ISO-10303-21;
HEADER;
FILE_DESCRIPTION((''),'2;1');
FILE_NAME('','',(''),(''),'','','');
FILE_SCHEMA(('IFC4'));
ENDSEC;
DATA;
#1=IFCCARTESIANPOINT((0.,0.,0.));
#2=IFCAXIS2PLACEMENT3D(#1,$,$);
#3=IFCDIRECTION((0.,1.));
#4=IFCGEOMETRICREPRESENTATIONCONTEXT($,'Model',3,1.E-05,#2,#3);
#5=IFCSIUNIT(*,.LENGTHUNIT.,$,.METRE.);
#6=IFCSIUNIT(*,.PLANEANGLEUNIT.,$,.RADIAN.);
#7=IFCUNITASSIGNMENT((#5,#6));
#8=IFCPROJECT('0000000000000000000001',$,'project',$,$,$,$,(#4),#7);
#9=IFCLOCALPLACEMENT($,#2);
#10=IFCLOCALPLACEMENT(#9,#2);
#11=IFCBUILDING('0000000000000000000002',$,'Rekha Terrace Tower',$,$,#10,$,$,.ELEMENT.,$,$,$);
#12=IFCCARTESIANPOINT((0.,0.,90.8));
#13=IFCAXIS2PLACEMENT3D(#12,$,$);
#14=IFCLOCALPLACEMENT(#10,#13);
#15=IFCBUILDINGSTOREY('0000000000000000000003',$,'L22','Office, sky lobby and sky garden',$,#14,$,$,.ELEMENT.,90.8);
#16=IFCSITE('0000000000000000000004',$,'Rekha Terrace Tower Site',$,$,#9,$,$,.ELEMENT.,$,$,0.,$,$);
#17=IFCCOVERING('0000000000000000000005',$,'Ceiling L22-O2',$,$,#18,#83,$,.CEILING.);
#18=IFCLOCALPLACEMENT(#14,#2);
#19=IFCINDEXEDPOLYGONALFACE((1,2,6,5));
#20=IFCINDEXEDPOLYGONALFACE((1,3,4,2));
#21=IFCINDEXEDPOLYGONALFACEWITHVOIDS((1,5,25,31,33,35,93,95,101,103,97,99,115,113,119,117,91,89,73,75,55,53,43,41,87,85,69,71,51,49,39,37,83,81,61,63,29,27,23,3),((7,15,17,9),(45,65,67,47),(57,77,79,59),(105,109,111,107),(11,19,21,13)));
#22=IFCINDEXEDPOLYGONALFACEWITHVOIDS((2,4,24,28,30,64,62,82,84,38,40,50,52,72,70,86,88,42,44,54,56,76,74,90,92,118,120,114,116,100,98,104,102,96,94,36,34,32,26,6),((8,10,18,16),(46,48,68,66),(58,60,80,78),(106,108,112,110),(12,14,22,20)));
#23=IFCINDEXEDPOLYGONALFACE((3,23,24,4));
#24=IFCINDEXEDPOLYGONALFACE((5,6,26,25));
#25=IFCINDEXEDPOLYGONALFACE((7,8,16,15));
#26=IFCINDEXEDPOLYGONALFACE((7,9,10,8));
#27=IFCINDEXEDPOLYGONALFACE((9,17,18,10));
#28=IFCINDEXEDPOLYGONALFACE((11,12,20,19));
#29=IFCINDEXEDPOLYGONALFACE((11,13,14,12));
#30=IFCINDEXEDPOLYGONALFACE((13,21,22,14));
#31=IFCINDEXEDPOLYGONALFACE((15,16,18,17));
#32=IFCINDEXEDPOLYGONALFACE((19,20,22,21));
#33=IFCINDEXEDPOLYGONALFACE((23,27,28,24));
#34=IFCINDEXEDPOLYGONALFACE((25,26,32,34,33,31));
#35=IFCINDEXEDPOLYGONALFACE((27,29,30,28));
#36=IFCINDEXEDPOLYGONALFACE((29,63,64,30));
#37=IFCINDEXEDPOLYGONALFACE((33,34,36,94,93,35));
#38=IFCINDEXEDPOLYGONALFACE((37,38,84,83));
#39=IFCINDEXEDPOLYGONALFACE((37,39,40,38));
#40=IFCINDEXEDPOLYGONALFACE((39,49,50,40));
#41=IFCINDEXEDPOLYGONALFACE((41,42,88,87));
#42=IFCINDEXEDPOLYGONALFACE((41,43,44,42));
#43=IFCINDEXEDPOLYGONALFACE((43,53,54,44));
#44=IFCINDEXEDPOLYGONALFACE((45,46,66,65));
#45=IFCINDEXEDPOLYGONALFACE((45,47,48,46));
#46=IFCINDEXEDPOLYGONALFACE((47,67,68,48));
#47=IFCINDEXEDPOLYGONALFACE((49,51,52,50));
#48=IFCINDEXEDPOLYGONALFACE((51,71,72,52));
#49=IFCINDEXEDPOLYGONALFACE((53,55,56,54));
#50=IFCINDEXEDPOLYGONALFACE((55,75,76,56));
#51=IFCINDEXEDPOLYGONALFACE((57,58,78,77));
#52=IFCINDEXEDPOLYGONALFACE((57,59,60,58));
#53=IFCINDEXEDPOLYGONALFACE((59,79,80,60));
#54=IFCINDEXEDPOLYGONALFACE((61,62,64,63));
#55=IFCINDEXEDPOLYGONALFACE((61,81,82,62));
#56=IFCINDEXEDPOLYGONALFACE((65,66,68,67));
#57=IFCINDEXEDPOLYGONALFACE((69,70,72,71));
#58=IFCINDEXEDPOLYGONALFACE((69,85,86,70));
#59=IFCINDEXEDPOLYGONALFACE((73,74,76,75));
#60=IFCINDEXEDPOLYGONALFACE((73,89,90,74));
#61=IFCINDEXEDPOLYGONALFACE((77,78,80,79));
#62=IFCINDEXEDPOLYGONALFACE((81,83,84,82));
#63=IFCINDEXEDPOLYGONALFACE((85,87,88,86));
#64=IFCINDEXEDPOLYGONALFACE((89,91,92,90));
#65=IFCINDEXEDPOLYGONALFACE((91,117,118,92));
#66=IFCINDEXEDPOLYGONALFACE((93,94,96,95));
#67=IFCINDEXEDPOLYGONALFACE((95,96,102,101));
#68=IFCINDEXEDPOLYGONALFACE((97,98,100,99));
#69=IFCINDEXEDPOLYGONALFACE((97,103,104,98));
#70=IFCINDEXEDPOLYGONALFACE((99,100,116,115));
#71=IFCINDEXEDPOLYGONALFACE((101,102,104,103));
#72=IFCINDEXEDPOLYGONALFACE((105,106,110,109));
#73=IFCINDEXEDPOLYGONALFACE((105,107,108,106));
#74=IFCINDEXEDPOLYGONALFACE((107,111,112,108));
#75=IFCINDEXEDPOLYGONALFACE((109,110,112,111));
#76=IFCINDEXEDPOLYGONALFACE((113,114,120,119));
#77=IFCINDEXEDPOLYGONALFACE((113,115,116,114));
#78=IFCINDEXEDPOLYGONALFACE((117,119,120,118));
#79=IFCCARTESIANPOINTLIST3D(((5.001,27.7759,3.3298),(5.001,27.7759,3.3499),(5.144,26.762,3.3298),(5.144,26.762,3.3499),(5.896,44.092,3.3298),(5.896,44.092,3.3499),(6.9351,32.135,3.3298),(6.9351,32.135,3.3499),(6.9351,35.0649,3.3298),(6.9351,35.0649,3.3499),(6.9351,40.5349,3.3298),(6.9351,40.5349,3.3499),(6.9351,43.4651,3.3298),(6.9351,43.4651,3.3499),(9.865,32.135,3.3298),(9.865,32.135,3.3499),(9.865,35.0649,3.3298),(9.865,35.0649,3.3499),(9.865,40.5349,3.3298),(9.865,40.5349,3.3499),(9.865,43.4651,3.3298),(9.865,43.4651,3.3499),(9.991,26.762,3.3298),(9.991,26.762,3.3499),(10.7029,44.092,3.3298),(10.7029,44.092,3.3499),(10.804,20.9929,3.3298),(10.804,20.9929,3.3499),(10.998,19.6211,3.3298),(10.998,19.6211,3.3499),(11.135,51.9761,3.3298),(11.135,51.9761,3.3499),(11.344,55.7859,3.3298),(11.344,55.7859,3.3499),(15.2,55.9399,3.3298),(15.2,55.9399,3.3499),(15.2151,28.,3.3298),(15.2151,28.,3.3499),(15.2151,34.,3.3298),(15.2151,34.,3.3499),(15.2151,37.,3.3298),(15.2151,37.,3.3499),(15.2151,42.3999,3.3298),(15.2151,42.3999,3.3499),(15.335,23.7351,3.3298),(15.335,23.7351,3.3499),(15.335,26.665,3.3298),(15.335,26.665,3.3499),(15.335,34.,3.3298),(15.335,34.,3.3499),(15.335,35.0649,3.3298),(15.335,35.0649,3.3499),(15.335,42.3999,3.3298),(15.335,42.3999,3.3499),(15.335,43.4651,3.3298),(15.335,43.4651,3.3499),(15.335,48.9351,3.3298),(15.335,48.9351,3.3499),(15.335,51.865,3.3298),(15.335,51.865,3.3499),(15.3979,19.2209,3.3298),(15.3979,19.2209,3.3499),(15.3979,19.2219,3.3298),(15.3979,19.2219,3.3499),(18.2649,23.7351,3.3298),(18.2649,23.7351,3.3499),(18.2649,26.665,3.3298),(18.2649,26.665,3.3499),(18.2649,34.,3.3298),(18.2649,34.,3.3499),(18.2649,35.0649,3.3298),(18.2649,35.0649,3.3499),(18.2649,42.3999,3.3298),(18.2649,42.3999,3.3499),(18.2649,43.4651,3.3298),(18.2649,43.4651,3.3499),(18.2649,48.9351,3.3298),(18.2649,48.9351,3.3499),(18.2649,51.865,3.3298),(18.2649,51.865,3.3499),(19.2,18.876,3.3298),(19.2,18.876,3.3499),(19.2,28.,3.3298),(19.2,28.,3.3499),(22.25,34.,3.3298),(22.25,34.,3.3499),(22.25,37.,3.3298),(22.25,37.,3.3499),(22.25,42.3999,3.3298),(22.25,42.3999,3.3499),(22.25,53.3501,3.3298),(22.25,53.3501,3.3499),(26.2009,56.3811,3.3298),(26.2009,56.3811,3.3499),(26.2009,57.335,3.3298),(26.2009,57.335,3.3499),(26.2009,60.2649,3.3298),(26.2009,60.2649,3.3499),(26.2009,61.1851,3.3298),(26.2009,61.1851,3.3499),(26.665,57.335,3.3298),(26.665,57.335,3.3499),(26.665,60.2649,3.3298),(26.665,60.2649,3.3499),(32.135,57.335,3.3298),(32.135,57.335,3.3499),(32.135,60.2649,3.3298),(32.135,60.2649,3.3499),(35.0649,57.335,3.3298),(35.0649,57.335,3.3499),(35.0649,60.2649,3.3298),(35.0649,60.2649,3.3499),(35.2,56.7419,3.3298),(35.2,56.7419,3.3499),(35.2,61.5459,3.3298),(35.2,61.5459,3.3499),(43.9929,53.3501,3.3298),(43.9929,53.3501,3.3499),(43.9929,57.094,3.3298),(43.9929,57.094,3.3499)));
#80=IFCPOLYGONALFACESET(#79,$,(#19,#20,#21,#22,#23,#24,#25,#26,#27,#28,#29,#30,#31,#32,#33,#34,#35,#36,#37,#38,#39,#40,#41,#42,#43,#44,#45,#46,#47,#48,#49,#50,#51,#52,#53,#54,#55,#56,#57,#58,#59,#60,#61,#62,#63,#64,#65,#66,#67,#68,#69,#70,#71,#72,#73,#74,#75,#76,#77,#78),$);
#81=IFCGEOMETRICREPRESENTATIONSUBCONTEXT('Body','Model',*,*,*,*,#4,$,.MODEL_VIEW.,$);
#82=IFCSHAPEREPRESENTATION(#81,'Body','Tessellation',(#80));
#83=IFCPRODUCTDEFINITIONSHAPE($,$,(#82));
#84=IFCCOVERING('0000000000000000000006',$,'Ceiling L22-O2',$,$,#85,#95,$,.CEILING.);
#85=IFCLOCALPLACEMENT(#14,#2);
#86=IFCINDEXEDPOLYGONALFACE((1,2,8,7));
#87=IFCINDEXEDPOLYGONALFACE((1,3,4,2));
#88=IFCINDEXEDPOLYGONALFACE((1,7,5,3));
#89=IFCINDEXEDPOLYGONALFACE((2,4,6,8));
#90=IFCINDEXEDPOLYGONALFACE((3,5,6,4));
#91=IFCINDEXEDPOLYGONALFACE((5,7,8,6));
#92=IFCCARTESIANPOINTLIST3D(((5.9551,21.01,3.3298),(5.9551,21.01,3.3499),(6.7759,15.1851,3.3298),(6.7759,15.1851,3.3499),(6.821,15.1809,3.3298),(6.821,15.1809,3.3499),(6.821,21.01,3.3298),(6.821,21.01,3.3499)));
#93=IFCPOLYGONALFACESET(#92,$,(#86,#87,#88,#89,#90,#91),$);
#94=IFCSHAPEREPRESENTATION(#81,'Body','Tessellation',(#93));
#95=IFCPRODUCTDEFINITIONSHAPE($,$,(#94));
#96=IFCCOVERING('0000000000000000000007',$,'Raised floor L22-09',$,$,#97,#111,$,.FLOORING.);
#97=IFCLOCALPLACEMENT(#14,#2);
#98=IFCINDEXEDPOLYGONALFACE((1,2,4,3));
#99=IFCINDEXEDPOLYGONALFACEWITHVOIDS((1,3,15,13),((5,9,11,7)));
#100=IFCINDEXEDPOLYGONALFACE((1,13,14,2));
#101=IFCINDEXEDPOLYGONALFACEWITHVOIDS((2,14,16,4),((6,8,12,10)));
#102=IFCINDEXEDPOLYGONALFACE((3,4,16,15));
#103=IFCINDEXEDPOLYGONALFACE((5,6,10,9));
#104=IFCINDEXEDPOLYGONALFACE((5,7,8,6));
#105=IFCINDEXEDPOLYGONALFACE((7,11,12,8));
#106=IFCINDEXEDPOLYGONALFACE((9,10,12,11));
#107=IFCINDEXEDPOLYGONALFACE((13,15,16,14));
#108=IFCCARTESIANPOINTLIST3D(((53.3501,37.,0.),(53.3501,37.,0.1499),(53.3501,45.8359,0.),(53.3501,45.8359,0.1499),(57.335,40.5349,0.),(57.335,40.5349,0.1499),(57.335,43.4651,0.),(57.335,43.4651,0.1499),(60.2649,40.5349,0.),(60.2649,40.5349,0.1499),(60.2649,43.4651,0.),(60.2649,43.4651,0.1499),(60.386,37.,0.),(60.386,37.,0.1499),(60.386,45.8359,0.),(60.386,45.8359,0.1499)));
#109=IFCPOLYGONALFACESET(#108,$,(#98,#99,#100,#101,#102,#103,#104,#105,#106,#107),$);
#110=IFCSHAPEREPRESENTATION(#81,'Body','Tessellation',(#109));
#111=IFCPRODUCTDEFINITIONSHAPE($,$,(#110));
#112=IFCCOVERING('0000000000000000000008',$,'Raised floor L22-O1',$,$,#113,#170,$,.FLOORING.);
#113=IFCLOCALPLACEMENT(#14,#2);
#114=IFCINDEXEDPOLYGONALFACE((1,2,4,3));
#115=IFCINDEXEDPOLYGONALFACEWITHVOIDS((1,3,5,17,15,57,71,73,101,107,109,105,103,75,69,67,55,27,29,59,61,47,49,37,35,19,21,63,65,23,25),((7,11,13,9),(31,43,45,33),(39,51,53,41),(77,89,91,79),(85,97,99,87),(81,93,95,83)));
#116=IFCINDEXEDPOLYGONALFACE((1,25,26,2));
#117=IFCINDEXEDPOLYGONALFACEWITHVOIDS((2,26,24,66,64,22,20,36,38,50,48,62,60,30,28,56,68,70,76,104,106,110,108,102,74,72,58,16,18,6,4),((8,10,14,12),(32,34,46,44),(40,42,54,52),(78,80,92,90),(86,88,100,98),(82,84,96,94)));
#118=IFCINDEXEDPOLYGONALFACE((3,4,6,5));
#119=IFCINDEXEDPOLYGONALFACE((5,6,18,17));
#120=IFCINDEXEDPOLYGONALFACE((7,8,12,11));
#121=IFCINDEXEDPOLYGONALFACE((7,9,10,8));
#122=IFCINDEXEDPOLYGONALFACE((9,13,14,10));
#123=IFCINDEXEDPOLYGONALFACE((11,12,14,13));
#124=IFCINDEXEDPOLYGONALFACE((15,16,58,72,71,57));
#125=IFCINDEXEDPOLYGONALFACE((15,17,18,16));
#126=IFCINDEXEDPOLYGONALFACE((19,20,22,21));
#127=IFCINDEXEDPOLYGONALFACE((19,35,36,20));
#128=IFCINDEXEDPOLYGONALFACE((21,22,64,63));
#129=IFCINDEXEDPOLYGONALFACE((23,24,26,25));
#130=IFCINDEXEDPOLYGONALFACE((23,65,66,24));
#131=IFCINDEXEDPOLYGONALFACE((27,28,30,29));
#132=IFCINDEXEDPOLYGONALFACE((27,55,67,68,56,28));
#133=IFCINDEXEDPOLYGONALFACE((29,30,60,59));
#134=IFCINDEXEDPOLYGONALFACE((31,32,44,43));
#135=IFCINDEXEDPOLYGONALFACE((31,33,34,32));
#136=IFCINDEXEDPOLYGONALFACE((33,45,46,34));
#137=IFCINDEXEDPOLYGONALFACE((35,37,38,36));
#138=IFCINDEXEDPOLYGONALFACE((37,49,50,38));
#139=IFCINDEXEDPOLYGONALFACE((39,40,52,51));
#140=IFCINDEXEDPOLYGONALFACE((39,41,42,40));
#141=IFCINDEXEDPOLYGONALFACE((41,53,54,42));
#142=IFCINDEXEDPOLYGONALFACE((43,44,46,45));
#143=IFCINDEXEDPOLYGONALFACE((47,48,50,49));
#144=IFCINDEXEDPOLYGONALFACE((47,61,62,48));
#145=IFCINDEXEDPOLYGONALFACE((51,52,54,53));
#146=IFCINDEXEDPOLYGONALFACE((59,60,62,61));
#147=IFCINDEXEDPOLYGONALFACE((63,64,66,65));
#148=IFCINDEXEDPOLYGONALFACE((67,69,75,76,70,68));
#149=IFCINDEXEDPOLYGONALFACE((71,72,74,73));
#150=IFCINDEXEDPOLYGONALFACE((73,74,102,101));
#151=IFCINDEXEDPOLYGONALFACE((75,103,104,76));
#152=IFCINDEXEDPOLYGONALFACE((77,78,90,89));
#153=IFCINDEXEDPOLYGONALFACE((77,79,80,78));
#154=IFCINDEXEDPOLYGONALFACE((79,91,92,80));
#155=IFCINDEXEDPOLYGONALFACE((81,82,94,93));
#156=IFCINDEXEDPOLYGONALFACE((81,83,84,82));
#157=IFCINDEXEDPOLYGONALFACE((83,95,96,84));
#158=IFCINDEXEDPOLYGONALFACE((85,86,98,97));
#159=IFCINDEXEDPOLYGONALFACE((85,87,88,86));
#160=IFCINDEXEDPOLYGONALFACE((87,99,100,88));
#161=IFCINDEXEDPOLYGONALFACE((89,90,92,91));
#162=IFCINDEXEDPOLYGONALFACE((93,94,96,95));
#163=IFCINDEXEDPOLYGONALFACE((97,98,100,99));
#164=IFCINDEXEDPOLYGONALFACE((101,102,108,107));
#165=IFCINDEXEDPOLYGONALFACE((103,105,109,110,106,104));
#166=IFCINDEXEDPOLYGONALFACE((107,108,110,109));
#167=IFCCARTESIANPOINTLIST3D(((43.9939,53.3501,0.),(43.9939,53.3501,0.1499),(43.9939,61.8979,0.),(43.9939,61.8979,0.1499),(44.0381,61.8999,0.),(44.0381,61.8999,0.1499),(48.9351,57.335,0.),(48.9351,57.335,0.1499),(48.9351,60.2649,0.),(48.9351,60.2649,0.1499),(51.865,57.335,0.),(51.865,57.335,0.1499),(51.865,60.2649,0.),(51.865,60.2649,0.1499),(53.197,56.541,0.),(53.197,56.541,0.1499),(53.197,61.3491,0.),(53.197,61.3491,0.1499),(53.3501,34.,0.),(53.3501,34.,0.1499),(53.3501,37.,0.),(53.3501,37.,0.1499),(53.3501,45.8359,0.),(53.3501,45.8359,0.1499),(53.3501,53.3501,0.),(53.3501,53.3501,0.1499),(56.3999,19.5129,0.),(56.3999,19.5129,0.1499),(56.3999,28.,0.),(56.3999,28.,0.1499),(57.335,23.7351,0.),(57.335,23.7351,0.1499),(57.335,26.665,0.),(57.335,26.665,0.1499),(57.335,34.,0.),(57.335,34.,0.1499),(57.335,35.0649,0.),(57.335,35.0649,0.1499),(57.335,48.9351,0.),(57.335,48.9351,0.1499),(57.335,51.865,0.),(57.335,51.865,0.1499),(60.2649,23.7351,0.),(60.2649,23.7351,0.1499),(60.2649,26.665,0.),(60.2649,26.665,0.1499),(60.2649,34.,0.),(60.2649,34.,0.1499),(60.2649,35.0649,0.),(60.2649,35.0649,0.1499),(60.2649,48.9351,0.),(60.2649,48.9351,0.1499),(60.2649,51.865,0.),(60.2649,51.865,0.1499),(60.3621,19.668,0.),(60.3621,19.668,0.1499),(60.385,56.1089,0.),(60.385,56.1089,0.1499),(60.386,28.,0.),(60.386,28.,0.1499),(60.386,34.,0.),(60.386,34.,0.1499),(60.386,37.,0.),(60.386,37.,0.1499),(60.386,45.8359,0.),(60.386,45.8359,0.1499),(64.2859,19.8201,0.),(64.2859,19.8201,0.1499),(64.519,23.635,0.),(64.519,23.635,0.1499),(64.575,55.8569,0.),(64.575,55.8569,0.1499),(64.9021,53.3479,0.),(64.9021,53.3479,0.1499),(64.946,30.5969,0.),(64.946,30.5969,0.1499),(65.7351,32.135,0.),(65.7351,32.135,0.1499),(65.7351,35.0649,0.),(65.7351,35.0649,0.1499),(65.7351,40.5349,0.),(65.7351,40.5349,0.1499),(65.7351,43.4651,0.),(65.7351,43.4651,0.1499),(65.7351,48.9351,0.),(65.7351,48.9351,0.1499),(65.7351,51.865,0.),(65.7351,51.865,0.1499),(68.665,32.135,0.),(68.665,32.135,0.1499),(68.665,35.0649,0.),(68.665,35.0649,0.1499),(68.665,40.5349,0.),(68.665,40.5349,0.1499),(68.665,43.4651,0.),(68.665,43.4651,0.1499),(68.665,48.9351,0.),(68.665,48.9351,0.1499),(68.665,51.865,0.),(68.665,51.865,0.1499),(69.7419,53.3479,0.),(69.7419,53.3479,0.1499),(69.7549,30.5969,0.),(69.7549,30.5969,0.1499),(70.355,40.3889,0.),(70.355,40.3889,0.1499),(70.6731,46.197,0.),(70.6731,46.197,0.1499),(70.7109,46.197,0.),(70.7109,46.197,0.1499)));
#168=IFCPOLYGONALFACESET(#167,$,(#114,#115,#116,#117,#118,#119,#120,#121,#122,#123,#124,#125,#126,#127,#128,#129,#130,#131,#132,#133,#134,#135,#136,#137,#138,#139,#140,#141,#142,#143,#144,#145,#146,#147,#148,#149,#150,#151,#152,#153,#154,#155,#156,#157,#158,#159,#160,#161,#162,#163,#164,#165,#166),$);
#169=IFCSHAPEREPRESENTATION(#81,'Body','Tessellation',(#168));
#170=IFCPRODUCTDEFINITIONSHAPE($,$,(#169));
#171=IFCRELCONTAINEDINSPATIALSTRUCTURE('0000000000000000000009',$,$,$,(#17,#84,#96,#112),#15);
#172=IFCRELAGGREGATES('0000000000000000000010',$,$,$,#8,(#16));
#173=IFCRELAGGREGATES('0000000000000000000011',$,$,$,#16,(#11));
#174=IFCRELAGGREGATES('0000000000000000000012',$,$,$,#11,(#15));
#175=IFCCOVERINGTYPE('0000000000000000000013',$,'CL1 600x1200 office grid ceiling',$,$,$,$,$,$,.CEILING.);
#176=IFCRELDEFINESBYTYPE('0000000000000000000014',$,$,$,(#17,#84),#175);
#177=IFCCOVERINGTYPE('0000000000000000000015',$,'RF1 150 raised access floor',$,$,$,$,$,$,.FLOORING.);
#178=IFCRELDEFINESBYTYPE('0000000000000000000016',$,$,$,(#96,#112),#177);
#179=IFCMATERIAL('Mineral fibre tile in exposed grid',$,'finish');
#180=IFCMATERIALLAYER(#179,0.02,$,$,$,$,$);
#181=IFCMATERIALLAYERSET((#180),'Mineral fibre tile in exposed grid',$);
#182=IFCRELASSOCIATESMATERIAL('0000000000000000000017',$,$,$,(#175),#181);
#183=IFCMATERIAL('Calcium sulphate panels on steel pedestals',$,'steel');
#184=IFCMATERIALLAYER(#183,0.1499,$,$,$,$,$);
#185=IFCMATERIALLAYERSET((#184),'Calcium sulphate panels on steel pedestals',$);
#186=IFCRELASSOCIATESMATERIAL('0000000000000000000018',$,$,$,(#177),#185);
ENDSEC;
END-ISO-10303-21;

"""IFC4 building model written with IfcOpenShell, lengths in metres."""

from ifc_helpers import new_model, si_unit, direction, frame, origin, place, context, subcontext, project, spatial, polyline, outline, extrude, material, layer, layer_set, type_object, element, save


model = new_model("IFC4")

# Units and contexts
model_context = context("Model", 3, precision=1e-05, world=origin(), true_north=direction((0.0, 1.0)))
body_context = subcontext(model_context, "Body", "Model", "MODEL_VIEW")
ifc_project = project(units=[si_unit("LENGTHUNIT", "METRE"), si_unit("PLANEANGLEUNIT", "RADIAN")], contexts=[model_context])

# Site, building, storey
site_placement = place(None, origin())
site = spatial("IfcSite", under=ifc_project, at=site_placement, Name="Rekha Terrace Tower Site", CompositionType="ELEMENT", RefElevation=0.0)
building_placement = place(site_placement, origin())
building = spatial("IfcBuilding", under=site, at=building_placement, Name="Rekha Terrace Tower", CompositionType="ELEMENT")
storey_placement = place(building_placement, frame((0.0, 0.0, 90.8)))
storey = spatial("IfcBuildingStorey", under=building, at=storey_placement, Name="L22", Description="Office, sky lobby and sky garden", CompositionType="ELEMENT", Elevation=90.8)

# Coverings
ifc_material_1 = material(Name="Mineral fibre tile in exposed grid", Category="finish")
ifc_layer_1 = layer(ifc_material_1, 0.02)
ifc_layer_set_1 = layer_set([ifc_layer_1], Name="Mineral fibre tile in exposed grid")
covering_type_1 = type_object("IfcCoveringType", Name="CL1 600x1200 office grid ceiling", PredefinedType="CEILING", material=ifc_layer_set_1)
covering_1_placement = place(storey_placement, frame((0.0, 0.0, 3.3298)))
element("IfcCovering", 1, at=covering_1_placement, inside=storey, type_object=covering_type_1, Name="Ceiling L22-O2", PredefinedType="CEILING", context=body_context, shape_type="SweptSolid", body=[
    extrude(outline(polyline([(11.344, 55.7859), (11.135, 51.9761), (10.7029, 44.092), (5.896, 44.092), (5.001, 27.7759), (5.144, 26.762), (9.991, 26.762), (10.804, 20.9929), (10.998, 19.6211), (15.3979, 19.2219), (15.3979, 19.2209), (19.2, 18.876), (19.2, 28.0), (15.2151, 28.0), (15.2151, 34.0), (15.335, 34.0), (15.335, 35.0649), (18.2649, 35.0649), (18.2649, 34.0), (22.25, 34.0), (22.25, 37.0), (15.2151, 37.0), (15.2151, 42.3999), (15.335, 42.3999), (15.335, 43.4651), (18.2649, 43.4651), (18.2649, 42.3999), (22.25, 42.3999), (22.25, 53.3501), (43.9929, 53.3501), (43.9929, 57.094), (35.2, 56.7419), (35.2, 61.5459), (26.2009, 61.1851), (26.2009, 60.2649), (26.665, 60.2649), (26.665, 57.335), (26.2009, 57.335), (26.2009, 56.3811), (15.2, 55.9399), (11.344, 55.7859)]), holes=[polyline([(35.0649, 57.335), (32.135, 57.335), (32.135, 60.2649), (35.0649, 60.2649), (35.0649, 57.335)]), polyline([(18.2649, 26.665), (18.2649, 23.7351), (15.335, 23.7351), (15.335, 26.665), (18.2649, 26.665)]), polyline([(18.2649, 48.9351), (15.335, 48.9351), (15.335, 51.865), (18.2649, 51.865), (18.2649, 48.9351)]), polyline([(9.865, 32.135), (6.9351, 32.135), (6.9351, 35.0649), (9.865, 35.0649), (9.865, 32.135)]), polyline([(9.865, 40.5349), (6.9351, 40.5349), (6.9351, 43.4651), (9.865, 43.4651), (9.865, 40.5349)])]), origin(), (0.0, 0.0, 1.0), 0.02),
])
covering_2_placement = place(storey_placement, frame((0.0, 0.0, 3.3298)))
element("IfcCovering", 2, at=covering_2_placement, inside=storey, type_object=covering_type_1, Name="Ceiling L22-O2", PredefinedType="CEILING", context=body_context, shape_type="SweptSolid", body=[
    extrude(outline(polyline([(6.821, 15.1809), (6.821, 21.01), (5.9551, 21.01), (6.7759, 15.1851), (6.821, 15.1809)])), origin(), (0.0, 0.0, 1.0), 0.02),
])

# Coverings
ifc_material_2 = material(Name="Calcium sulphate panels on steel pedestals", Category="steel")
ifc_layer_2 = layer(ifc_material_2, 0.1499)
ifc_layer_set_2 = layer_set([ifc_layer_2], Name="Calcium sulphate panels on steel pedestals")
covering_type_2 = type_object("IfcCoveringType", Name="RF1 150 raised access floor", PredefinedType="FLOORING", material=ifc_layer_set_2)
covering_3_placement = place(storey_placement, origin())
element("IfcCovering", 3, at=covering_3_placement, inside=storey, type_object=covering_type_2, Name="Raised floor L22-09", PredefinedType="FLOORING", context=body_context, shape_type="SweptSolid", body=[
    extrude(outline(polyline([(53.3501, 37.0), (60.386, 37.0), (60.386, 45.8359), (53.3501, 45.8359), (53.3501, 37.0)]), holes=[polyline([(60.2649, 40.5349), (57.335, 40.5349), (57.335, 43.4651), (60.2649, 43.4651), (60.2649, 40.5349)])]), origin(), (0.0, 0.0, 1.0), 0.1499),
])
covering_4_placement = place(storey_placement, origin())
element("IfcCovering", 4, at=covering_4_placement, inside=storey, type_object=covering_type_2, Name="Raised floor L22-O1", PredefinedType="FLOORING", context=body_context, shape_type="SweptSolid", body=[
    extrude(outline(polyline([(56.3999, 19.5129), (60.3621, 19.668), (64.2859, 19.8201), (64.519, 23.635), (64.946, 30.5969), (69.7549, 30.5969), (70.355, 40.3889), (70.7109, 46.197), (70.6731, 46.197), (69.7419, 53.3479), (64.9021, 53.3479), (64.575, 55.8569), (60.385, 56.1089), (53.197, 56.541), (53.197, 61.3491), (44.0381, 61.8999), (43.9939, 61.8979), (43.9939, 53.3501), (53.3501, 53.3501), (53.3501, 45.8359), (60.386, 45.8359), (60.386, 37.0), (53.3501, 37.0), (53.3501, 34.0), (57.335, 34.0), (57.335, 35.0649), (60.2649, 35.0649), (60.2649, 34.0), (60.386, 34.0), (60.386, 28.0), (56.3999, 28.0), (56.3999, 19.5129)]), holes=[polyline([(68.665, 35.0649), (68.665, 32.135), (65.7351, 32.135), (65.7351, 35.0649), (68.665, 35.0649)]), polyline([(68.665, 40.5349), (65.7351, 40.5349), (65.7351, 43.4651), (68.665, 43.4651), (68.665, 40.5349)]), polyline([(68.665, 48.9351), (65.7351, 48.9351), (65.7351, 51.865), (68.665, 51.865), (68.665, 48.9351)]), polyline([(60.2649, 26.665), (60.2649, 23.7351), (57.335, 23.7351), (57.335, 26.665), (60.2649, 26.665)]), polyline([(60.2649, 48.9351), (57.335, 48.9351), (57.335, 51.865), (60.2649, 51.865), (60.2649, 48.9351)]), polyline([(51.865, 57.335), (48.9351, 57.335), (48.9351, 60.2649), (51.865, 60.2649), (51.865, 57.335)])]), origin(), (0.0, 0.0, 1.0), 0.1499),
])

save(model, "model.ifc")
